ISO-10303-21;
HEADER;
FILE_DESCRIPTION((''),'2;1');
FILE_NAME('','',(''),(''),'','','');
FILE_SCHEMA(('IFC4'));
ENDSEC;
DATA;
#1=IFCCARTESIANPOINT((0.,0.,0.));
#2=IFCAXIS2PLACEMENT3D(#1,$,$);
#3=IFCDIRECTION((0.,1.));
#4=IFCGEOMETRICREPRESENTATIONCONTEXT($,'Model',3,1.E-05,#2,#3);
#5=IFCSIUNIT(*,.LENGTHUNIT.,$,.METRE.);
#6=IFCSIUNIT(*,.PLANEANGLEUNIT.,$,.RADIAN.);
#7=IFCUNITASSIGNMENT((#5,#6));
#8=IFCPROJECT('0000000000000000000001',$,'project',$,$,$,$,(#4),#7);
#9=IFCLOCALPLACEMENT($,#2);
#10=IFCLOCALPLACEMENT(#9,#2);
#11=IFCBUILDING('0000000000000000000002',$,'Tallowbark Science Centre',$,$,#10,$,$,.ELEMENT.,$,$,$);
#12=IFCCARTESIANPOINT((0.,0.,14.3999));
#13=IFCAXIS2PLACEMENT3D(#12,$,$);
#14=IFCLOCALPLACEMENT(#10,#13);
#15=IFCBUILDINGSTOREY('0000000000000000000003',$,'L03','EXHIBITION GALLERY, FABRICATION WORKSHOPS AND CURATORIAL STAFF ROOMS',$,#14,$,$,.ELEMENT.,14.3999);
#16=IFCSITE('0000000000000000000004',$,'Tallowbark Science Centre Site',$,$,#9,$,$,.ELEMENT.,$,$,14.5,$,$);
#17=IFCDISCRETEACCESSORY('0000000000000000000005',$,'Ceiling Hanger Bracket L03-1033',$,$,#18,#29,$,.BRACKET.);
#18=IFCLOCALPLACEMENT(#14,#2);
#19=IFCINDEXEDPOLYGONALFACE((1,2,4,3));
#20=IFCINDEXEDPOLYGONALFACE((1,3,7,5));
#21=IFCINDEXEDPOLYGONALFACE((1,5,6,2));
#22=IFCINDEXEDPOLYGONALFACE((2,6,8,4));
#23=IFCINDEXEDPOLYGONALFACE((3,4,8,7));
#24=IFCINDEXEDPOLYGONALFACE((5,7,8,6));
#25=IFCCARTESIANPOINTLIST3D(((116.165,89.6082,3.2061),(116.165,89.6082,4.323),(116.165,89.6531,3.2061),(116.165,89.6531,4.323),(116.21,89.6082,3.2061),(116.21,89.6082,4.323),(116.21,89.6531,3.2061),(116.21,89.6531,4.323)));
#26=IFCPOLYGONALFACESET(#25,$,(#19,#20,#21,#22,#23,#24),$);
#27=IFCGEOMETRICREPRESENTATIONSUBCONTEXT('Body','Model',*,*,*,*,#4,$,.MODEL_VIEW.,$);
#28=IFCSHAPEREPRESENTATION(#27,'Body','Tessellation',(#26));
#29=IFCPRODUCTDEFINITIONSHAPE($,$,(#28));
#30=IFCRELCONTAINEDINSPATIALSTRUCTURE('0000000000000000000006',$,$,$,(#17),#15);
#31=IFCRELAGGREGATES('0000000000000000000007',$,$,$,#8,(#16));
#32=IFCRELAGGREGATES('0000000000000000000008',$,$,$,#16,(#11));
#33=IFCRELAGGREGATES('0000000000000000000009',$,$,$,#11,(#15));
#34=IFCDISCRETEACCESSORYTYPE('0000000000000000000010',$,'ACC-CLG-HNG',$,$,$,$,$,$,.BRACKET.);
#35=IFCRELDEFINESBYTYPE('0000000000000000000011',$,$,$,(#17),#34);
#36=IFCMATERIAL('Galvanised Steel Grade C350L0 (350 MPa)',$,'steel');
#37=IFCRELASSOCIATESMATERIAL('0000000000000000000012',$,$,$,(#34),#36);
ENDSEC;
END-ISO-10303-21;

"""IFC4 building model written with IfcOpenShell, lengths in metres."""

from ifc_helpers import new_model, si_unit, direction, frame, origin, origin_2d, place, context, subcontext, project, spatial, rectangle, extrude, material, type_object, element, save


model = new_model("IFC4")

# Units and contexts
model_context = context("Model", 3, precision=1e-05, world=origin(), true_north=direction((0.0, 1.0)))
body_context = subcontext(model_context, "Body", "Model", "MODEL_VIEW")
ifc_project = project(units=[si_unit("LENGTHUNIT", "METRE"), si_unit("PLANEANGLEUNIT", "RADIAN")], contexts=[model_context])

# Site, building, storey
site_placement = place(None, origin())
site = spatial("IfcSite", under=ifc_project, at=site_placement, Name="Tallowbark Science Centre Site", CompositionType="ELEMENT", RefElevation=14.5)
building_placement = place(site_placement, origin())
building = spatial("IfcBuilding", under=site, at=building_placement, Name="Tallowbark Science Centre", CompositionType="ELEMENT")
storey_placement = place(building_placement, frame((0.0, 0.0, 14.3999)))
storey = spatial("IfcBuildingStorey", under=building, at=storey_placement, Name="L03", Description="EXHIBITION GALLERY, FABRICATION WORKSHOPS AND CURATORIAL STAFF ROOMS", CompositionType="ELEMENT", Elevation=14.3999)

# Discrete accessory
ifc_material_1 = material(Name="Galvanised Steel Grade C350L0 (350 MPa)", Category="steel")
discrete_accessory_type = type_object("IfcDiscreteAccessoryType", Name="ACC-CLG-HNG", PredefinedType="BRACKET", material=ifc_material_1)
discrete_accessory_placement = place(storey_placement, frame((116.1875, 89.6306, 3.2061), z_axis=(0.0, 0.0, 1.0), x_axis=(1.0, 0.0, 0.0)))
element("IfcDiscreteAccessory", 1, at=discrete_accessory_placement, inside=storey, type_object=discrete_accessory_type, Name="Ceiling Hanger Bracket L03-1033", PredefinedType="BRACKET", context=body_context, shape_type="SweptSolid", body=[
    extrude(rectangle(XDim=0.0449, YDim=0.0449, at=origin_2d()), origin(), (0.0, 0.0, 1.0), 1.1169),
])

save(model, "model.ifc")
